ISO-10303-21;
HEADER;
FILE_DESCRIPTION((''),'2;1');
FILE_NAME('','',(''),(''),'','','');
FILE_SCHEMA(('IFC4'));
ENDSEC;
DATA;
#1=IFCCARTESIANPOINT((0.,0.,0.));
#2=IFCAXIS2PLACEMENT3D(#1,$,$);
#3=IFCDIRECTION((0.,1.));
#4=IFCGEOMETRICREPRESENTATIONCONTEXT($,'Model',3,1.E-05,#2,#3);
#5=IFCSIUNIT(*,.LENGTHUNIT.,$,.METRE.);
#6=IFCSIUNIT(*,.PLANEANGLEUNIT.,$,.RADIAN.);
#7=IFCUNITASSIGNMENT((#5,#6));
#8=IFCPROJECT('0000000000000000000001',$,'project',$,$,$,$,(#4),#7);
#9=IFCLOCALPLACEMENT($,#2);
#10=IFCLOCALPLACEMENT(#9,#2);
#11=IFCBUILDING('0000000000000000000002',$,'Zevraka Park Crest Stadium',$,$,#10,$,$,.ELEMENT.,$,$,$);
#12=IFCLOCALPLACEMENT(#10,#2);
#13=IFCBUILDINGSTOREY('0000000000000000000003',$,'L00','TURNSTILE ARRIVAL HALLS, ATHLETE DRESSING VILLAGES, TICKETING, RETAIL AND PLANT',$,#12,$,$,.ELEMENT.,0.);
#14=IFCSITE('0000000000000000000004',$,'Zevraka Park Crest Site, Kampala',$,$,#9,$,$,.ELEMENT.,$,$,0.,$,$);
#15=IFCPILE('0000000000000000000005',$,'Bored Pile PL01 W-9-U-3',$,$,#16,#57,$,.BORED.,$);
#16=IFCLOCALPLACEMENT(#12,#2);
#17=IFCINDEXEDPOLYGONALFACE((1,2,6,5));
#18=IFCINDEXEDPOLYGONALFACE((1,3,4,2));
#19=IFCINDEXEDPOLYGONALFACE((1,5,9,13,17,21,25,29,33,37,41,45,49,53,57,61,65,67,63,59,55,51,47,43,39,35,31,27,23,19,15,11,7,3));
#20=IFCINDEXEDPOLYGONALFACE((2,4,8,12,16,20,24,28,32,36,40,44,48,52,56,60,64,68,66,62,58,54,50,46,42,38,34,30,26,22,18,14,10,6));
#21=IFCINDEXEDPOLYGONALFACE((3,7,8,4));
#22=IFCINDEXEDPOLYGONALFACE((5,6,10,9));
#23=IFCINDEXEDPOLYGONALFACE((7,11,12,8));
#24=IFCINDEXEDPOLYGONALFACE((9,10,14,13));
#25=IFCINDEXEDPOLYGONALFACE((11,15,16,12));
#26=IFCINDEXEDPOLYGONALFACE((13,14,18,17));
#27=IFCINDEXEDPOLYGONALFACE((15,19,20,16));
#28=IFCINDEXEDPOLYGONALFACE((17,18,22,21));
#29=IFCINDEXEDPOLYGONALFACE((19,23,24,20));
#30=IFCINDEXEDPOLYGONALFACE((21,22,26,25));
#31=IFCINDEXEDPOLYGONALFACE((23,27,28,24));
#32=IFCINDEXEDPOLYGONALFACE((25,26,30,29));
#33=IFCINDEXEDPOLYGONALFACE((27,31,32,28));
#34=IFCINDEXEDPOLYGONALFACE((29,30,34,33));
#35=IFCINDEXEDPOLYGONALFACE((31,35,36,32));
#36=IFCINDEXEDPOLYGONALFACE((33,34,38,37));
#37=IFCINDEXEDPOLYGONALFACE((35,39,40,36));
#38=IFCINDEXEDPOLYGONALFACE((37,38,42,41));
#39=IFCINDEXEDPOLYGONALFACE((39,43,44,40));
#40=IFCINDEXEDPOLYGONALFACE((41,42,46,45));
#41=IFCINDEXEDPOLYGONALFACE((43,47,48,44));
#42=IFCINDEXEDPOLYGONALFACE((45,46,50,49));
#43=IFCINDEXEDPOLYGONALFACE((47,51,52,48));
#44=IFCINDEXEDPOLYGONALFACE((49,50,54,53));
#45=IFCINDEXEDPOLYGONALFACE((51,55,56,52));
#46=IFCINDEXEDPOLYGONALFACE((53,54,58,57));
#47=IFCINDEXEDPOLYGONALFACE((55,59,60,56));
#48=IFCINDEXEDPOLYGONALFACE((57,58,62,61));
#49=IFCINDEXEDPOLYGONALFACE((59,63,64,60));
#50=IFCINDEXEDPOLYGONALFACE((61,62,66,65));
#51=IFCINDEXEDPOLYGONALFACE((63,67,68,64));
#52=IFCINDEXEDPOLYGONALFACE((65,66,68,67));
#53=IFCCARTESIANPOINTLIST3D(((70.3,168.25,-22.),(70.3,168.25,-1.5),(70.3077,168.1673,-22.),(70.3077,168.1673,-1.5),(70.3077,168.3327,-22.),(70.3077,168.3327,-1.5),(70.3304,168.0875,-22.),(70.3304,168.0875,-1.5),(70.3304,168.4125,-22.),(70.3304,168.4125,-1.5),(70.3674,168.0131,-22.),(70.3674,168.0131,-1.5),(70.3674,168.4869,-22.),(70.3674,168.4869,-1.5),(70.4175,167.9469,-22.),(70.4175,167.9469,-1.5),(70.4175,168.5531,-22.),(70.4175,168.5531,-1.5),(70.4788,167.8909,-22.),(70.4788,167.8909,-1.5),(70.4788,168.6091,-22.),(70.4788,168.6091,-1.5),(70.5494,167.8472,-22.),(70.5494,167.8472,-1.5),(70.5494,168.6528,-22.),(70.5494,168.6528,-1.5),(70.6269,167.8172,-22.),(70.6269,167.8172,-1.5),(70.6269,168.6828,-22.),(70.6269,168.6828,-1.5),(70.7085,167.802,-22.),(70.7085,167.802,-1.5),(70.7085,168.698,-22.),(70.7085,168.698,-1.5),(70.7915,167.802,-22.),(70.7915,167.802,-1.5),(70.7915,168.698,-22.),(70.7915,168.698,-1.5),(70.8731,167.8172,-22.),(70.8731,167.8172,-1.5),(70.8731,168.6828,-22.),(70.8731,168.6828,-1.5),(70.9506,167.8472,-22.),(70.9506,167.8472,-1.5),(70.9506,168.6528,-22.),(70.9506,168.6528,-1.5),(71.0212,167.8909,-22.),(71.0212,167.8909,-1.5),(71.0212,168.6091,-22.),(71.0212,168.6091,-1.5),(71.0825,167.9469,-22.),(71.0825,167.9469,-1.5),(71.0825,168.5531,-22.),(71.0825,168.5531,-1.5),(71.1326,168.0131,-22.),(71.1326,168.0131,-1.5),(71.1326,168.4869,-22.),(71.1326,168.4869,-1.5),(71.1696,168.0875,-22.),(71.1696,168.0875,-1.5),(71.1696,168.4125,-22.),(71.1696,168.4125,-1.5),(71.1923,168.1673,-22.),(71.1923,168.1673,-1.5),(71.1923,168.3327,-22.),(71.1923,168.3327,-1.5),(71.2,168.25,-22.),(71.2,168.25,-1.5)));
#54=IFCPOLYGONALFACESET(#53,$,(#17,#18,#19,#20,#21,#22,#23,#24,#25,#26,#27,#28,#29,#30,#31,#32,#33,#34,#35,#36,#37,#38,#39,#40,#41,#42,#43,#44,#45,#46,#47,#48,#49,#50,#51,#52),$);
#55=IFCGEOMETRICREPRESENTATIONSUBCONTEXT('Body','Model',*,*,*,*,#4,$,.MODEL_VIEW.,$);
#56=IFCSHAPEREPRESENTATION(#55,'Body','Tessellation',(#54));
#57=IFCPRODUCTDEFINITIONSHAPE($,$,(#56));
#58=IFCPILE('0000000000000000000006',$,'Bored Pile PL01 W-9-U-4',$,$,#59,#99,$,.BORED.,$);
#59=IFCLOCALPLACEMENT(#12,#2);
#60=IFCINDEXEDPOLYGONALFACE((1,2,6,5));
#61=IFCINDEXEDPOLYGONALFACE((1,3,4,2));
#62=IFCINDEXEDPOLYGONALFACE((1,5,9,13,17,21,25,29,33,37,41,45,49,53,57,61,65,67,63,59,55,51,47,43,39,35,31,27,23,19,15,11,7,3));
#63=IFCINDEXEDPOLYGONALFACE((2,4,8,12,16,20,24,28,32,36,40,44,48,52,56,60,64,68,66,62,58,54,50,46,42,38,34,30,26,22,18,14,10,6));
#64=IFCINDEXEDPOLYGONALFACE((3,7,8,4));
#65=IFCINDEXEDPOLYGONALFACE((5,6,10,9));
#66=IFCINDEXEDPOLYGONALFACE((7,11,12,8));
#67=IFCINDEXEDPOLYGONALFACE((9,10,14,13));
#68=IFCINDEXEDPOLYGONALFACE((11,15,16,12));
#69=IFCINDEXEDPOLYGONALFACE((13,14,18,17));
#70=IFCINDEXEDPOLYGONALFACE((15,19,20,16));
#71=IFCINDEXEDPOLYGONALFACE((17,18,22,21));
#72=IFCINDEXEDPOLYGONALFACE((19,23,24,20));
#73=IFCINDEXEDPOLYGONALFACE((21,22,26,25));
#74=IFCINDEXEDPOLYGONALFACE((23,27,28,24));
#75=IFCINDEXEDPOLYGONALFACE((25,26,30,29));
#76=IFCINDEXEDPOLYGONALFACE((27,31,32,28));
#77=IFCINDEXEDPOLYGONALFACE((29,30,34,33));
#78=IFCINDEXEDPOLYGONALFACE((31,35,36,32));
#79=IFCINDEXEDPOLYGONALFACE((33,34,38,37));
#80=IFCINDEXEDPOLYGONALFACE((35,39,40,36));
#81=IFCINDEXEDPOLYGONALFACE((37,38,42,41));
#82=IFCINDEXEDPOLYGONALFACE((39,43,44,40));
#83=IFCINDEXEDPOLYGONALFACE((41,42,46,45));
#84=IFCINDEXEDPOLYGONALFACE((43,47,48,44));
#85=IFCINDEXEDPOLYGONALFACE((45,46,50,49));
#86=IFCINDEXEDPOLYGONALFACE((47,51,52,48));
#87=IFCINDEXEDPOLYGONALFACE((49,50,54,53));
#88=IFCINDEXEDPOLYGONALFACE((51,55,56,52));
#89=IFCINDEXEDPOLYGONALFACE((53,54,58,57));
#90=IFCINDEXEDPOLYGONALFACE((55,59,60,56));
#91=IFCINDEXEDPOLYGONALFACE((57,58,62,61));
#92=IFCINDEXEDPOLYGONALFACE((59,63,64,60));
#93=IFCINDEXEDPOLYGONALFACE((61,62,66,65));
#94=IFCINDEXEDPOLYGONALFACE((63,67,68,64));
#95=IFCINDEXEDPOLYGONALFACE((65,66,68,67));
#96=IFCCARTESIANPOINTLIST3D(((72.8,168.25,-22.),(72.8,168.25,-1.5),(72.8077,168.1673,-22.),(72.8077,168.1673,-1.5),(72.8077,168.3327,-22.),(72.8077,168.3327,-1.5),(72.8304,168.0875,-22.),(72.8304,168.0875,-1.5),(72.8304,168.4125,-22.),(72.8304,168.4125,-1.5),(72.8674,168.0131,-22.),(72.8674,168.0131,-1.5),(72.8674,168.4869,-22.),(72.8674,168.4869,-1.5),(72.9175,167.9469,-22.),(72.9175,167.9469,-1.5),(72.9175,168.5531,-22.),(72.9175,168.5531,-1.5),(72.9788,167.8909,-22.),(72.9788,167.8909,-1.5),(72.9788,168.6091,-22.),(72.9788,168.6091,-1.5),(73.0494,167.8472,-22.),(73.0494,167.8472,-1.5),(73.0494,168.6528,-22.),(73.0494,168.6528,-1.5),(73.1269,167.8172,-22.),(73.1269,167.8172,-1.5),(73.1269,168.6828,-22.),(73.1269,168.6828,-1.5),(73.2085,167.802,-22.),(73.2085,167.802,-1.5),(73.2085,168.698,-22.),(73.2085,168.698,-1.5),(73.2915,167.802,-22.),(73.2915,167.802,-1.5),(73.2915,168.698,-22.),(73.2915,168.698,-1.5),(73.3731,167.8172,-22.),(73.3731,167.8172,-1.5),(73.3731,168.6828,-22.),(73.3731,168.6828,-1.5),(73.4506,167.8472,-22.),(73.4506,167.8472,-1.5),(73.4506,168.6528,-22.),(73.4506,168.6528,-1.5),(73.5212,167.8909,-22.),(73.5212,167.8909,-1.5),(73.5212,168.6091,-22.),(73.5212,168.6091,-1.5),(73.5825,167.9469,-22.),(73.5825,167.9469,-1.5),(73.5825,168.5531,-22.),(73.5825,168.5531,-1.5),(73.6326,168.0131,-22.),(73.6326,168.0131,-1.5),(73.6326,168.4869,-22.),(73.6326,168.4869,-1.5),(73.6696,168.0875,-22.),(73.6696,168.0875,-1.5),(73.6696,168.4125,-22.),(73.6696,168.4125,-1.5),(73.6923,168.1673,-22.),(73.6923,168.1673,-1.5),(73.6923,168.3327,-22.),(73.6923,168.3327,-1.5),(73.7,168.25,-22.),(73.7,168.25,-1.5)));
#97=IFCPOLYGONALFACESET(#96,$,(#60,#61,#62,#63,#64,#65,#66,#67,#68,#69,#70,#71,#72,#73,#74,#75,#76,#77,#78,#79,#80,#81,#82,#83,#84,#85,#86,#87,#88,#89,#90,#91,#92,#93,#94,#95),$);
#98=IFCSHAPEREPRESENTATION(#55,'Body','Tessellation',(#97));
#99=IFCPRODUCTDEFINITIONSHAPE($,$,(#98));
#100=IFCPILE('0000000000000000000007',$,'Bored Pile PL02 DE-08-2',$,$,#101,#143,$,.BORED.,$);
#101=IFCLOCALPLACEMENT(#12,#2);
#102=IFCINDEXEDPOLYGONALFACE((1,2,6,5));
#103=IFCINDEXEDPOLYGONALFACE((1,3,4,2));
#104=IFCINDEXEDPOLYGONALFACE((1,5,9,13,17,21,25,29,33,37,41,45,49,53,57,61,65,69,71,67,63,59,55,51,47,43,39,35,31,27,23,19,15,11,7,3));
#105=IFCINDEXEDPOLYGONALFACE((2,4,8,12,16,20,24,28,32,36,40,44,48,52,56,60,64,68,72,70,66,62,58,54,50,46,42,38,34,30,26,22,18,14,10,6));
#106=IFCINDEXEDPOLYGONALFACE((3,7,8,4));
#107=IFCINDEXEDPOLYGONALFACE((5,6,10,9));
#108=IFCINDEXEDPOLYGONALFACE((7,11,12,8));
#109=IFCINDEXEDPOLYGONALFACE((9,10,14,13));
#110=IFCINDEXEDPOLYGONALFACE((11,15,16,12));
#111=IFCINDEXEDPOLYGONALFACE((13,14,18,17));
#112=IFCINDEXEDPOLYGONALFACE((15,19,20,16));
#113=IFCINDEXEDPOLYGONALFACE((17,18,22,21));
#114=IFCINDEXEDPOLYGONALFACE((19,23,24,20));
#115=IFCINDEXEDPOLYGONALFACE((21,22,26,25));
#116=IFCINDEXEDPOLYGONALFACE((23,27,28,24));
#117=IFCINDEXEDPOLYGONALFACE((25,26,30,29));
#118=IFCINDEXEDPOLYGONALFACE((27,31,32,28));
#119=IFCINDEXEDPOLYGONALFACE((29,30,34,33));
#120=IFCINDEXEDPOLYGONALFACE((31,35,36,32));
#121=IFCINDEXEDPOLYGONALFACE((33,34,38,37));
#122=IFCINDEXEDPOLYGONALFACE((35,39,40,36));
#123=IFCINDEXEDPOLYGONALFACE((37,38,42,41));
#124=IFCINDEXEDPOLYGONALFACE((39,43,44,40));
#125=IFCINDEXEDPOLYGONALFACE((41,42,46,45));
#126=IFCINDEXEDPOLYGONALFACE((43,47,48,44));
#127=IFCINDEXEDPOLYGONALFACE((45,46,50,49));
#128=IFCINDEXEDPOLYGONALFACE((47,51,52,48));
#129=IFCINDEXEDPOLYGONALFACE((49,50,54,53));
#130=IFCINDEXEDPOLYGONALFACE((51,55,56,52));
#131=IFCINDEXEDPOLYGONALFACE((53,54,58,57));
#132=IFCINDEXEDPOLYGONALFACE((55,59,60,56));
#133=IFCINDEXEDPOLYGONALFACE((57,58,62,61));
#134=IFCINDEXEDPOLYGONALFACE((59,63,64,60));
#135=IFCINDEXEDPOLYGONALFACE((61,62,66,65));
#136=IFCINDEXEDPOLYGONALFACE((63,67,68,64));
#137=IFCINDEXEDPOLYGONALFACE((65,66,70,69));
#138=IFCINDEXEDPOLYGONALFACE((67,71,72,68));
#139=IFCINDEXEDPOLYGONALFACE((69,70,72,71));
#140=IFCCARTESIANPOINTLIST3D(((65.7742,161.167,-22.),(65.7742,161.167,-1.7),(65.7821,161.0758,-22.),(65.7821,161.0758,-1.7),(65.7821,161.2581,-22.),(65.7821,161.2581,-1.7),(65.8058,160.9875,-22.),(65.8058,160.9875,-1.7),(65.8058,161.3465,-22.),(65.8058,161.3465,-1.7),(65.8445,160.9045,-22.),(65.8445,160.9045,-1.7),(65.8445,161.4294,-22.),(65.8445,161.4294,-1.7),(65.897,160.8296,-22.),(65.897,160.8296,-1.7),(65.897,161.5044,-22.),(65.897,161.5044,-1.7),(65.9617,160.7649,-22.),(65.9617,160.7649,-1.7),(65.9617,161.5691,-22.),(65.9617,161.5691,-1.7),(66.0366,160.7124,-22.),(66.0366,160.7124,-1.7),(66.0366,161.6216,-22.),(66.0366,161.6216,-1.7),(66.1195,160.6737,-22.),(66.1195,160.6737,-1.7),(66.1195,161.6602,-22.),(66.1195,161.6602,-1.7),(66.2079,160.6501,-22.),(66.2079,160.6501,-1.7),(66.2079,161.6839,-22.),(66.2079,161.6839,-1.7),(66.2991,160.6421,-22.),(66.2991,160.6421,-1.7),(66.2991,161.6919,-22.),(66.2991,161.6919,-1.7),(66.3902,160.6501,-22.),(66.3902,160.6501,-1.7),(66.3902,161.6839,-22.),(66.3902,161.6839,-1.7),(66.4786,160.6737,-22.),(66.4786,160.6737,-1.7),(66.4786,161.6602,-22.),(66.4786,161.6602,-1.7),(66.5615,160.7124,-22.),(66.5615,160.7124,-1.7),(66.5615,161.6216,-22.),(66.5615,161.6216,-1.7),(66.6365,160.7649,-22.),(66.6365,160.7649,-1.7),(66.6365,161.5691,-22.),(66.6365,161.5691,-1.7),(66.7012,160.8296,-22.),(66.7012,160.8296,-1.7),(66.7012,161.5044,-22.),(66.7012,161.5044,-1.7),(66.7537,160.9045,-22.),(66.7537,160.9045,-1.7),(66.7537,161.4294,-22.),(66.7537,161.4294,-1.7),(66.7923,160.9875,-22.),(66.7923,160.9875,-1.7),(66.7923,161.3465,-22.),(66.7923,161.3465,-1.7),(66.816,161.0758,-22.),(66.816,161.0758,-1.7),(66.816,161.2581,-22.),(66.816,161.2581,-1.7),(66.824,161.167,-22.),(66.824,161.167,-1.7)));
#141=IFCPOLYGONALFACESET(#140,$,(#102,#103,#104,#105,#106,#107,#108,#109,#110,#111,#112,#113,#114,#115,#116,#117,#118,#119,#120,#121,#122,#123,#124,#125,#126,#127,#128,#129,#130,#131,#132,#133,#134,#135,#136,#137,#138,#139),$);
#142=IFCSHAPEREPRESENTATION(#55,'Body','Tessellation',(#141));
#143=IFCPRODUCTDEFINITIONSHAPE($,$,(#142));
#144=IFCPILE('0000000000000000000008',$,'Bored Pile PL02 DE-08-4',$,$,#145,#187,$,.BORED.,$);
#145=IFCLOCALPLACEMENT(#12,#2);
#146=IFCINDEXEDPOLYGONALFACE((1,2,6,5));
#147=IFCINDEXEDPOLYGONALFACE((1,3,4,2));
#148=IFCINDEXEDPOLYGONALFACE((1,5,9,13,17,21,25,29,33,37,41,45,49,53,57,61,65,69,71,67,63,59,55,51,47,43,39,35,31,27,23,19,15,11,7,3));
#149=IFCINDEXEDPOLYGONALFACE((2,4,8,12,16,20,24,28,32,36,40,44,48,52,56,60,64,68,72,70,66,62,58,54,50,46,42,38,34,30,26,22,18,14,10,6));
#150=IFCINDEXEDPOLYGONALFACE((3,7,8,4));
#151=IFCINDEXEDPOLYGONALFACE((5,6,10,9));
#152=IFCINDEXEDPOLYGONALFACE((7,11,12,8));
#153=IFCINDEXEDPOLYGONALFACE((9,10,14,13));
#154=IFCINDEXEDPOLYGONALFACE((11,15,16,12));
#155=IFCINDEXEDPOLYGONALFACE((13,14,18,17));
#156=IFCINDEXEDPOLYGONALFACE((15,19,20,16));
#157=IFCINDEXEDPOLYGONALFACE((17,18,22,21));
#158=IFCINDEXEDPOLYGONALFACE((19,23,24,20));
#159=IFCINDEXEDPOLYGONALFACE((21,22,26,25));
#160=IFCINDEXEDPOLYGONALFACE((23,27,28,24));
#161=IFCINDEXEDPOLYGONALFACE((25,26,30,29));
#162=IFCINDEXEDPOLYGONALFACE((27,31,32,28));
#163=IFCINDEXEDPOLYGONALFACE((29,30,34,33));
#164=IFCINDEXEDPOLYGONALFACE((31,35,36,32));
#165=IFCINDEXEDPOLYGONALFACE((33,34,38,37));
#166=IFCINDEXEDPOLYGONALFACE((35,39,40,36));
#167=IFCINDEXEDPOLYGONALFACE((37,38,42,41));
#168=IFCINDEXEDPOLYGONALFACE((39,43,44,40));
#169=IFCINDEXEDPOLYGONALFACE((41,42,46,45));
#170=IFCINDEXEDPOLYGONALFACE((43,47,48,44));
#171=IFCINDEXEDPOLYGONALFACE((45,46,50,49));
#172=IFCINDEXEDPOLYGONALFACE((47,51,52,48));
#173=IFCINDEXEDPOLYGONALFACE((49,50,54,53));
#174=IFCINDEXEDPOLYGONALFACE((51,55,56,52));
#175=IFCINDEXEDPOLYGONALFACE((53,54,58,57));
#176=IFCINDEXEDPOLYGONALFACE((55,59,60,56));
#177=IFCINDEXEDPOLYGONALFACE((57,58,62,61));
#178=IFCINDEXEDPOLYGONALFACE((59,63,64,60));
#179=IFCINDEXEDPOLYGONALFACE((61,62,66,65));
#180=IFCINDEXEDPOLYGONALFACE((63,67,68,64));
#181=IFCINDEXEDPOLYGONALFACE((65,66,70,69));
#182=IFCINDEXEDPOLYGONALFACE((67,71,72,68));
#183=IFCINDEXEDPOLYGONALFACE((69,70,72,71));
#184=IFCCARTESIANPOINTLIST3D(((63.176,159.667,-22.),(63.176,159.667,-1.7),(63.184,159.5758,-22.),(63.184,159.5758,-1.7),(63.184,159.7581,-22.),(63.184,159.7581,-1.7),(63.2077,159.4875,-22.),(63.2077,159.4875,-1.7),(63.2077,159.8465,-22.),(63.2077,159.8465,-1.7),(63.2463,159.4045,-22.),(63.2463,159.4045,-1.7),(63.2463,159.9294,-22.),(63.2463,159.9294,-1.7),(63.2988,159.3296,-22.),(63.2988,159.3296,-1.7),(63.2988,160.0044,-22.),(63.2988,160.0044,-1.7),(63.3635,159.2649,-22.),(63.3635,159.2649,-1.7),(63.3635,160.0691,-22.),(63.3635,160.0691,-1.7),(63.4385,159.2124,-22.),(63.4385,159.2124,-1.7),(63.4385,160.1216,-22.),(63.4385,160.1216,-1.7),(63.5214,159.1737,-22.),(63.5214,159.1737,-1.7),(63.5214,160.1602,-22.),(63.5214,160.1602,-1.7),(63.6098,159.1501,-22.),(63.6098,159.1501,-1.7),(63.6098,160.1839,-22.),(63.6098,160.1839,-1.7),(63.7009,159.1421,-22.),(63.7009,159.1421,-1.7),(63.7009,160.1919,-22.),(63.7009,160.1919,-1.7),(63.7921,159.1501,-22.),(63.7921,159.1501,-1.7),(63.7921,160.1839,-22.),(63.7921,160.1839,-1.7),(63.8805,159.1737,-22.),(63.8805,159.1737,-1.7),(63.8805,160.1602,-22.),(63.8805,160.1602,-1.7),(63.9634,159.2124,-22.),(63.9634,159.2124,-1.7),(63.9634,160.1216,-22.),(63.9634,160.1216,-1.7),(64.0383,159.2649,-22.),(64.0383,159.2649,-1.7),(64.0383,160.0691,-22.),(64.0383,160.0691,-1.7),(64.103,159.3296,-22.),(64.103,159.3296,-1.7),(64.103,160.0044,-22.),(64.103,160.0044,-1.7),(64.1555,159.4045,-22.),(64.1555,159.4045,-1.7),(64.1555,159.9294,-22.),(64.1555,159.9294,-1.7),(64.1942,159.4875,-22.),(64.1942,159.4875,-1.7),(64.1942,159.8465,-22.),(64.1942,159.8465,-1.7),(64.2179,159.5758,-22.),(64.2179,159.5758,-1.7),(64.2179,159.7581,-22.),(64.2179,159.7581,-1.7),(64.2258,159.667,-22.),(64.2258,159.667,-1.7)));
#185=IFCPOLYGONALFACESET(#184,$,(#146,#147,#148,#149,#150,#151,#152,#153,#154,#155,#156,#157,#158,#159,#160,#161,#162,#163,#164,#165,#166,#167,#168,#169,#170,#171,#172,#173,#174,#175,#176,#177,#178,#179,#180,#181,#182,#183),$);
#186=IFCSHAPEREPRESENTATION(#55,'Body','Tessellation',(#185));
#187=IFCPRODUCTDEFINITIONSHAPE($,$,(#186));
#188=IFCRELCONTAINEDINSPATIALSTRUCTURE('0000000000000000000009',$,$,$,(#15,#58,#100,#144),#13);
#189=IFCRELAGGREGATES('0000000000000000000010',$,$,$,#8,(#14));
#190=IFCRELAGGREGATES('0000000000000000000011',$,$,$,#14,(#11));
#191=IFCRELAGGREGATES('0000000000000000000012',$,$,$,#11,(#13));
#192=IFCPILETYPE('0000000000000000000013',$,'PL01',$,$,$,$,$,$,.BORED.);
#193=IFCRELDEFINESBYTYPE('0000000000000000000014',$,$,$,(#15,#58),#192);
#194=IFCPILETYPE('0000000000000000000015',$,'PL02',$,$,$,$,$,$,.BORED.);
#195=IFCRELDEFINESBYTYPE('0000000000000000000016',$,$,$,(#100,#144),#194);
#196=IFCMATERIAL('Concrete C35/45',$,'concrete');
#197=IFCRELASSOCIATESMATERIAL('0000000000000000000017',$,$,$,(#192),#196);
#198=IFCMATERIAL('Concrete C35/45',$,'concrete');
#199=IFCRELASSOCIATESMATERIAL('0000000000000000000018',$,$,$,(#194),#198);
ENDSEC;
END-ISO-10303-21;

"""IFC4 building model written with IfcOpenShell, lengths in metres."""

from ifc_helpers import new_model, si_unit, direction, frame, origin, origin_2d, place, context, subcontext, project, spatial, circle, extrude, material, material_profile, profile_set, type_object, element, save


model = new_model("IFC4")

# Units and contexts
model_context = context("Model", 3, precision=1e-05, world=origin(), true_north=direction((0.0, 1.0)))
body_context = subcontext(model_context, "Body", "Model", "MODEL_VIEW")
ifc_project = project(units=[si_unit("LENGTHUNIT", "METRE"), si_unit("PLANEANGLEUNIT", "RADIAN")], contexts=[model_context])

# Site, building, storey
site_placement = place(None, origin())
site = spatial("IfcSite", under=ifc_project, at=site_placement, Name="Zevraka Park Crest Site, Kampala", CompositionType="ELEMENT", RefElevation=0.0)
building_placement = place(site_placement, origin())
building = spatial("IfcBuilding", under=site, at=building_placement, Name="Zevraka Park Crest Stadium", CompositionType="ELEMENT")
storey_placement = place(building_placement, origin())
storey = spatial("IfcBuildingStorey", under=building, at=storey_placement, Name="L00", Description="TURNSTILE ARRIVAL HALLS, ATHLETE DRESSING VILLAGES, TICKETING, RETAIL AND PLANT", CompositionType="ELEMENT", Elevation=0.0)

# Piles
ifc_material_1 = material(Name="Concrete C35/45", Category="concrete")
ifc_material_profile_1 = material_profile(ifc_material_1, circle(Radius=0.45, at=origin_2d()), Name="PILE D900")
ifc_profile_set_1 = profile_set([ifc_material_profile_1], Name="Concrete C35/45")
pile_type_1 = type_object("IfcPileType", Name="PL01", PredefinedType="BORED", material=ifc_profile_set_1)
for number, where, z_axis, x_axis, name in (
    (1, (70.75, 168.25, -1.5), (0.0, 0.0, -1.0), (1.0, 0.0, 0.0), "Bored Pile PL01 W-9-U-3"),
    (2, (73.25, 168.25, -1.5), (0.0, 0.0, -1.0), (1.0, 0.0, 0.0), "Bored Pile PL01 W-9-U-4"),
):
    element("IfcPile", number, at=place(storey_placement, frame(where, z_axis=z_axis, x_axis=x_axis)), inside=storey, type_object=pile_type_1, Name=name, PredefinedType="BORED", context=body_context, shape_type="SweptSolid", body=[
        extrude(circle(Radius=0.45, at=origin_2d()), origin(), (0.0, 0.0, 1.0), 20.5),
    ])
ifc_material_2 = material(Name="Concrete C35/45", Category="concrete")
ifc_material_profile_2 = material_profile(ifc_material_2, circle(Radius=0.5249, at=origin_2d()), Name="PILE D1050")
ifc_profile_set_2 = profile_set([ifc_material_profile_2], Name="Concrete C35/45")
pile_type_2 = type_object("IfcPileType", Name="PL02", PredefinedType="BORED", material=ifc_profile_set_2)
for number, where, z_axis, x_axis, name in (
    (3, (66.2991, 161.167, -1.7), (0.0, 0.0, -1.0), (1.0, 0.0, 0.0), "Bored Pile PL02 DE-08-2"),
    (4, (63.7009, 159.667, -1.7), (0.0, 0.0, -1.0), (1.0, 0.0, 0.0), "Bored Pile PL02 DE-08-4"),
):
    element("IfcPile", number, at=place(storey_placement, frame(where, z_axis=z_axis, x_axis=x_axis)), inside=storey, type_object=pile_type_2, Name=name, PredefinedType="BORED", context=body_context, shape_type="SweptSolid", body=[
        extrude(circle(Radius=0.5249, at=origin_2d()), origin(), (0.0, 0.0, 1.0), 20.3),
    ])

save(model, "model.ifc")
